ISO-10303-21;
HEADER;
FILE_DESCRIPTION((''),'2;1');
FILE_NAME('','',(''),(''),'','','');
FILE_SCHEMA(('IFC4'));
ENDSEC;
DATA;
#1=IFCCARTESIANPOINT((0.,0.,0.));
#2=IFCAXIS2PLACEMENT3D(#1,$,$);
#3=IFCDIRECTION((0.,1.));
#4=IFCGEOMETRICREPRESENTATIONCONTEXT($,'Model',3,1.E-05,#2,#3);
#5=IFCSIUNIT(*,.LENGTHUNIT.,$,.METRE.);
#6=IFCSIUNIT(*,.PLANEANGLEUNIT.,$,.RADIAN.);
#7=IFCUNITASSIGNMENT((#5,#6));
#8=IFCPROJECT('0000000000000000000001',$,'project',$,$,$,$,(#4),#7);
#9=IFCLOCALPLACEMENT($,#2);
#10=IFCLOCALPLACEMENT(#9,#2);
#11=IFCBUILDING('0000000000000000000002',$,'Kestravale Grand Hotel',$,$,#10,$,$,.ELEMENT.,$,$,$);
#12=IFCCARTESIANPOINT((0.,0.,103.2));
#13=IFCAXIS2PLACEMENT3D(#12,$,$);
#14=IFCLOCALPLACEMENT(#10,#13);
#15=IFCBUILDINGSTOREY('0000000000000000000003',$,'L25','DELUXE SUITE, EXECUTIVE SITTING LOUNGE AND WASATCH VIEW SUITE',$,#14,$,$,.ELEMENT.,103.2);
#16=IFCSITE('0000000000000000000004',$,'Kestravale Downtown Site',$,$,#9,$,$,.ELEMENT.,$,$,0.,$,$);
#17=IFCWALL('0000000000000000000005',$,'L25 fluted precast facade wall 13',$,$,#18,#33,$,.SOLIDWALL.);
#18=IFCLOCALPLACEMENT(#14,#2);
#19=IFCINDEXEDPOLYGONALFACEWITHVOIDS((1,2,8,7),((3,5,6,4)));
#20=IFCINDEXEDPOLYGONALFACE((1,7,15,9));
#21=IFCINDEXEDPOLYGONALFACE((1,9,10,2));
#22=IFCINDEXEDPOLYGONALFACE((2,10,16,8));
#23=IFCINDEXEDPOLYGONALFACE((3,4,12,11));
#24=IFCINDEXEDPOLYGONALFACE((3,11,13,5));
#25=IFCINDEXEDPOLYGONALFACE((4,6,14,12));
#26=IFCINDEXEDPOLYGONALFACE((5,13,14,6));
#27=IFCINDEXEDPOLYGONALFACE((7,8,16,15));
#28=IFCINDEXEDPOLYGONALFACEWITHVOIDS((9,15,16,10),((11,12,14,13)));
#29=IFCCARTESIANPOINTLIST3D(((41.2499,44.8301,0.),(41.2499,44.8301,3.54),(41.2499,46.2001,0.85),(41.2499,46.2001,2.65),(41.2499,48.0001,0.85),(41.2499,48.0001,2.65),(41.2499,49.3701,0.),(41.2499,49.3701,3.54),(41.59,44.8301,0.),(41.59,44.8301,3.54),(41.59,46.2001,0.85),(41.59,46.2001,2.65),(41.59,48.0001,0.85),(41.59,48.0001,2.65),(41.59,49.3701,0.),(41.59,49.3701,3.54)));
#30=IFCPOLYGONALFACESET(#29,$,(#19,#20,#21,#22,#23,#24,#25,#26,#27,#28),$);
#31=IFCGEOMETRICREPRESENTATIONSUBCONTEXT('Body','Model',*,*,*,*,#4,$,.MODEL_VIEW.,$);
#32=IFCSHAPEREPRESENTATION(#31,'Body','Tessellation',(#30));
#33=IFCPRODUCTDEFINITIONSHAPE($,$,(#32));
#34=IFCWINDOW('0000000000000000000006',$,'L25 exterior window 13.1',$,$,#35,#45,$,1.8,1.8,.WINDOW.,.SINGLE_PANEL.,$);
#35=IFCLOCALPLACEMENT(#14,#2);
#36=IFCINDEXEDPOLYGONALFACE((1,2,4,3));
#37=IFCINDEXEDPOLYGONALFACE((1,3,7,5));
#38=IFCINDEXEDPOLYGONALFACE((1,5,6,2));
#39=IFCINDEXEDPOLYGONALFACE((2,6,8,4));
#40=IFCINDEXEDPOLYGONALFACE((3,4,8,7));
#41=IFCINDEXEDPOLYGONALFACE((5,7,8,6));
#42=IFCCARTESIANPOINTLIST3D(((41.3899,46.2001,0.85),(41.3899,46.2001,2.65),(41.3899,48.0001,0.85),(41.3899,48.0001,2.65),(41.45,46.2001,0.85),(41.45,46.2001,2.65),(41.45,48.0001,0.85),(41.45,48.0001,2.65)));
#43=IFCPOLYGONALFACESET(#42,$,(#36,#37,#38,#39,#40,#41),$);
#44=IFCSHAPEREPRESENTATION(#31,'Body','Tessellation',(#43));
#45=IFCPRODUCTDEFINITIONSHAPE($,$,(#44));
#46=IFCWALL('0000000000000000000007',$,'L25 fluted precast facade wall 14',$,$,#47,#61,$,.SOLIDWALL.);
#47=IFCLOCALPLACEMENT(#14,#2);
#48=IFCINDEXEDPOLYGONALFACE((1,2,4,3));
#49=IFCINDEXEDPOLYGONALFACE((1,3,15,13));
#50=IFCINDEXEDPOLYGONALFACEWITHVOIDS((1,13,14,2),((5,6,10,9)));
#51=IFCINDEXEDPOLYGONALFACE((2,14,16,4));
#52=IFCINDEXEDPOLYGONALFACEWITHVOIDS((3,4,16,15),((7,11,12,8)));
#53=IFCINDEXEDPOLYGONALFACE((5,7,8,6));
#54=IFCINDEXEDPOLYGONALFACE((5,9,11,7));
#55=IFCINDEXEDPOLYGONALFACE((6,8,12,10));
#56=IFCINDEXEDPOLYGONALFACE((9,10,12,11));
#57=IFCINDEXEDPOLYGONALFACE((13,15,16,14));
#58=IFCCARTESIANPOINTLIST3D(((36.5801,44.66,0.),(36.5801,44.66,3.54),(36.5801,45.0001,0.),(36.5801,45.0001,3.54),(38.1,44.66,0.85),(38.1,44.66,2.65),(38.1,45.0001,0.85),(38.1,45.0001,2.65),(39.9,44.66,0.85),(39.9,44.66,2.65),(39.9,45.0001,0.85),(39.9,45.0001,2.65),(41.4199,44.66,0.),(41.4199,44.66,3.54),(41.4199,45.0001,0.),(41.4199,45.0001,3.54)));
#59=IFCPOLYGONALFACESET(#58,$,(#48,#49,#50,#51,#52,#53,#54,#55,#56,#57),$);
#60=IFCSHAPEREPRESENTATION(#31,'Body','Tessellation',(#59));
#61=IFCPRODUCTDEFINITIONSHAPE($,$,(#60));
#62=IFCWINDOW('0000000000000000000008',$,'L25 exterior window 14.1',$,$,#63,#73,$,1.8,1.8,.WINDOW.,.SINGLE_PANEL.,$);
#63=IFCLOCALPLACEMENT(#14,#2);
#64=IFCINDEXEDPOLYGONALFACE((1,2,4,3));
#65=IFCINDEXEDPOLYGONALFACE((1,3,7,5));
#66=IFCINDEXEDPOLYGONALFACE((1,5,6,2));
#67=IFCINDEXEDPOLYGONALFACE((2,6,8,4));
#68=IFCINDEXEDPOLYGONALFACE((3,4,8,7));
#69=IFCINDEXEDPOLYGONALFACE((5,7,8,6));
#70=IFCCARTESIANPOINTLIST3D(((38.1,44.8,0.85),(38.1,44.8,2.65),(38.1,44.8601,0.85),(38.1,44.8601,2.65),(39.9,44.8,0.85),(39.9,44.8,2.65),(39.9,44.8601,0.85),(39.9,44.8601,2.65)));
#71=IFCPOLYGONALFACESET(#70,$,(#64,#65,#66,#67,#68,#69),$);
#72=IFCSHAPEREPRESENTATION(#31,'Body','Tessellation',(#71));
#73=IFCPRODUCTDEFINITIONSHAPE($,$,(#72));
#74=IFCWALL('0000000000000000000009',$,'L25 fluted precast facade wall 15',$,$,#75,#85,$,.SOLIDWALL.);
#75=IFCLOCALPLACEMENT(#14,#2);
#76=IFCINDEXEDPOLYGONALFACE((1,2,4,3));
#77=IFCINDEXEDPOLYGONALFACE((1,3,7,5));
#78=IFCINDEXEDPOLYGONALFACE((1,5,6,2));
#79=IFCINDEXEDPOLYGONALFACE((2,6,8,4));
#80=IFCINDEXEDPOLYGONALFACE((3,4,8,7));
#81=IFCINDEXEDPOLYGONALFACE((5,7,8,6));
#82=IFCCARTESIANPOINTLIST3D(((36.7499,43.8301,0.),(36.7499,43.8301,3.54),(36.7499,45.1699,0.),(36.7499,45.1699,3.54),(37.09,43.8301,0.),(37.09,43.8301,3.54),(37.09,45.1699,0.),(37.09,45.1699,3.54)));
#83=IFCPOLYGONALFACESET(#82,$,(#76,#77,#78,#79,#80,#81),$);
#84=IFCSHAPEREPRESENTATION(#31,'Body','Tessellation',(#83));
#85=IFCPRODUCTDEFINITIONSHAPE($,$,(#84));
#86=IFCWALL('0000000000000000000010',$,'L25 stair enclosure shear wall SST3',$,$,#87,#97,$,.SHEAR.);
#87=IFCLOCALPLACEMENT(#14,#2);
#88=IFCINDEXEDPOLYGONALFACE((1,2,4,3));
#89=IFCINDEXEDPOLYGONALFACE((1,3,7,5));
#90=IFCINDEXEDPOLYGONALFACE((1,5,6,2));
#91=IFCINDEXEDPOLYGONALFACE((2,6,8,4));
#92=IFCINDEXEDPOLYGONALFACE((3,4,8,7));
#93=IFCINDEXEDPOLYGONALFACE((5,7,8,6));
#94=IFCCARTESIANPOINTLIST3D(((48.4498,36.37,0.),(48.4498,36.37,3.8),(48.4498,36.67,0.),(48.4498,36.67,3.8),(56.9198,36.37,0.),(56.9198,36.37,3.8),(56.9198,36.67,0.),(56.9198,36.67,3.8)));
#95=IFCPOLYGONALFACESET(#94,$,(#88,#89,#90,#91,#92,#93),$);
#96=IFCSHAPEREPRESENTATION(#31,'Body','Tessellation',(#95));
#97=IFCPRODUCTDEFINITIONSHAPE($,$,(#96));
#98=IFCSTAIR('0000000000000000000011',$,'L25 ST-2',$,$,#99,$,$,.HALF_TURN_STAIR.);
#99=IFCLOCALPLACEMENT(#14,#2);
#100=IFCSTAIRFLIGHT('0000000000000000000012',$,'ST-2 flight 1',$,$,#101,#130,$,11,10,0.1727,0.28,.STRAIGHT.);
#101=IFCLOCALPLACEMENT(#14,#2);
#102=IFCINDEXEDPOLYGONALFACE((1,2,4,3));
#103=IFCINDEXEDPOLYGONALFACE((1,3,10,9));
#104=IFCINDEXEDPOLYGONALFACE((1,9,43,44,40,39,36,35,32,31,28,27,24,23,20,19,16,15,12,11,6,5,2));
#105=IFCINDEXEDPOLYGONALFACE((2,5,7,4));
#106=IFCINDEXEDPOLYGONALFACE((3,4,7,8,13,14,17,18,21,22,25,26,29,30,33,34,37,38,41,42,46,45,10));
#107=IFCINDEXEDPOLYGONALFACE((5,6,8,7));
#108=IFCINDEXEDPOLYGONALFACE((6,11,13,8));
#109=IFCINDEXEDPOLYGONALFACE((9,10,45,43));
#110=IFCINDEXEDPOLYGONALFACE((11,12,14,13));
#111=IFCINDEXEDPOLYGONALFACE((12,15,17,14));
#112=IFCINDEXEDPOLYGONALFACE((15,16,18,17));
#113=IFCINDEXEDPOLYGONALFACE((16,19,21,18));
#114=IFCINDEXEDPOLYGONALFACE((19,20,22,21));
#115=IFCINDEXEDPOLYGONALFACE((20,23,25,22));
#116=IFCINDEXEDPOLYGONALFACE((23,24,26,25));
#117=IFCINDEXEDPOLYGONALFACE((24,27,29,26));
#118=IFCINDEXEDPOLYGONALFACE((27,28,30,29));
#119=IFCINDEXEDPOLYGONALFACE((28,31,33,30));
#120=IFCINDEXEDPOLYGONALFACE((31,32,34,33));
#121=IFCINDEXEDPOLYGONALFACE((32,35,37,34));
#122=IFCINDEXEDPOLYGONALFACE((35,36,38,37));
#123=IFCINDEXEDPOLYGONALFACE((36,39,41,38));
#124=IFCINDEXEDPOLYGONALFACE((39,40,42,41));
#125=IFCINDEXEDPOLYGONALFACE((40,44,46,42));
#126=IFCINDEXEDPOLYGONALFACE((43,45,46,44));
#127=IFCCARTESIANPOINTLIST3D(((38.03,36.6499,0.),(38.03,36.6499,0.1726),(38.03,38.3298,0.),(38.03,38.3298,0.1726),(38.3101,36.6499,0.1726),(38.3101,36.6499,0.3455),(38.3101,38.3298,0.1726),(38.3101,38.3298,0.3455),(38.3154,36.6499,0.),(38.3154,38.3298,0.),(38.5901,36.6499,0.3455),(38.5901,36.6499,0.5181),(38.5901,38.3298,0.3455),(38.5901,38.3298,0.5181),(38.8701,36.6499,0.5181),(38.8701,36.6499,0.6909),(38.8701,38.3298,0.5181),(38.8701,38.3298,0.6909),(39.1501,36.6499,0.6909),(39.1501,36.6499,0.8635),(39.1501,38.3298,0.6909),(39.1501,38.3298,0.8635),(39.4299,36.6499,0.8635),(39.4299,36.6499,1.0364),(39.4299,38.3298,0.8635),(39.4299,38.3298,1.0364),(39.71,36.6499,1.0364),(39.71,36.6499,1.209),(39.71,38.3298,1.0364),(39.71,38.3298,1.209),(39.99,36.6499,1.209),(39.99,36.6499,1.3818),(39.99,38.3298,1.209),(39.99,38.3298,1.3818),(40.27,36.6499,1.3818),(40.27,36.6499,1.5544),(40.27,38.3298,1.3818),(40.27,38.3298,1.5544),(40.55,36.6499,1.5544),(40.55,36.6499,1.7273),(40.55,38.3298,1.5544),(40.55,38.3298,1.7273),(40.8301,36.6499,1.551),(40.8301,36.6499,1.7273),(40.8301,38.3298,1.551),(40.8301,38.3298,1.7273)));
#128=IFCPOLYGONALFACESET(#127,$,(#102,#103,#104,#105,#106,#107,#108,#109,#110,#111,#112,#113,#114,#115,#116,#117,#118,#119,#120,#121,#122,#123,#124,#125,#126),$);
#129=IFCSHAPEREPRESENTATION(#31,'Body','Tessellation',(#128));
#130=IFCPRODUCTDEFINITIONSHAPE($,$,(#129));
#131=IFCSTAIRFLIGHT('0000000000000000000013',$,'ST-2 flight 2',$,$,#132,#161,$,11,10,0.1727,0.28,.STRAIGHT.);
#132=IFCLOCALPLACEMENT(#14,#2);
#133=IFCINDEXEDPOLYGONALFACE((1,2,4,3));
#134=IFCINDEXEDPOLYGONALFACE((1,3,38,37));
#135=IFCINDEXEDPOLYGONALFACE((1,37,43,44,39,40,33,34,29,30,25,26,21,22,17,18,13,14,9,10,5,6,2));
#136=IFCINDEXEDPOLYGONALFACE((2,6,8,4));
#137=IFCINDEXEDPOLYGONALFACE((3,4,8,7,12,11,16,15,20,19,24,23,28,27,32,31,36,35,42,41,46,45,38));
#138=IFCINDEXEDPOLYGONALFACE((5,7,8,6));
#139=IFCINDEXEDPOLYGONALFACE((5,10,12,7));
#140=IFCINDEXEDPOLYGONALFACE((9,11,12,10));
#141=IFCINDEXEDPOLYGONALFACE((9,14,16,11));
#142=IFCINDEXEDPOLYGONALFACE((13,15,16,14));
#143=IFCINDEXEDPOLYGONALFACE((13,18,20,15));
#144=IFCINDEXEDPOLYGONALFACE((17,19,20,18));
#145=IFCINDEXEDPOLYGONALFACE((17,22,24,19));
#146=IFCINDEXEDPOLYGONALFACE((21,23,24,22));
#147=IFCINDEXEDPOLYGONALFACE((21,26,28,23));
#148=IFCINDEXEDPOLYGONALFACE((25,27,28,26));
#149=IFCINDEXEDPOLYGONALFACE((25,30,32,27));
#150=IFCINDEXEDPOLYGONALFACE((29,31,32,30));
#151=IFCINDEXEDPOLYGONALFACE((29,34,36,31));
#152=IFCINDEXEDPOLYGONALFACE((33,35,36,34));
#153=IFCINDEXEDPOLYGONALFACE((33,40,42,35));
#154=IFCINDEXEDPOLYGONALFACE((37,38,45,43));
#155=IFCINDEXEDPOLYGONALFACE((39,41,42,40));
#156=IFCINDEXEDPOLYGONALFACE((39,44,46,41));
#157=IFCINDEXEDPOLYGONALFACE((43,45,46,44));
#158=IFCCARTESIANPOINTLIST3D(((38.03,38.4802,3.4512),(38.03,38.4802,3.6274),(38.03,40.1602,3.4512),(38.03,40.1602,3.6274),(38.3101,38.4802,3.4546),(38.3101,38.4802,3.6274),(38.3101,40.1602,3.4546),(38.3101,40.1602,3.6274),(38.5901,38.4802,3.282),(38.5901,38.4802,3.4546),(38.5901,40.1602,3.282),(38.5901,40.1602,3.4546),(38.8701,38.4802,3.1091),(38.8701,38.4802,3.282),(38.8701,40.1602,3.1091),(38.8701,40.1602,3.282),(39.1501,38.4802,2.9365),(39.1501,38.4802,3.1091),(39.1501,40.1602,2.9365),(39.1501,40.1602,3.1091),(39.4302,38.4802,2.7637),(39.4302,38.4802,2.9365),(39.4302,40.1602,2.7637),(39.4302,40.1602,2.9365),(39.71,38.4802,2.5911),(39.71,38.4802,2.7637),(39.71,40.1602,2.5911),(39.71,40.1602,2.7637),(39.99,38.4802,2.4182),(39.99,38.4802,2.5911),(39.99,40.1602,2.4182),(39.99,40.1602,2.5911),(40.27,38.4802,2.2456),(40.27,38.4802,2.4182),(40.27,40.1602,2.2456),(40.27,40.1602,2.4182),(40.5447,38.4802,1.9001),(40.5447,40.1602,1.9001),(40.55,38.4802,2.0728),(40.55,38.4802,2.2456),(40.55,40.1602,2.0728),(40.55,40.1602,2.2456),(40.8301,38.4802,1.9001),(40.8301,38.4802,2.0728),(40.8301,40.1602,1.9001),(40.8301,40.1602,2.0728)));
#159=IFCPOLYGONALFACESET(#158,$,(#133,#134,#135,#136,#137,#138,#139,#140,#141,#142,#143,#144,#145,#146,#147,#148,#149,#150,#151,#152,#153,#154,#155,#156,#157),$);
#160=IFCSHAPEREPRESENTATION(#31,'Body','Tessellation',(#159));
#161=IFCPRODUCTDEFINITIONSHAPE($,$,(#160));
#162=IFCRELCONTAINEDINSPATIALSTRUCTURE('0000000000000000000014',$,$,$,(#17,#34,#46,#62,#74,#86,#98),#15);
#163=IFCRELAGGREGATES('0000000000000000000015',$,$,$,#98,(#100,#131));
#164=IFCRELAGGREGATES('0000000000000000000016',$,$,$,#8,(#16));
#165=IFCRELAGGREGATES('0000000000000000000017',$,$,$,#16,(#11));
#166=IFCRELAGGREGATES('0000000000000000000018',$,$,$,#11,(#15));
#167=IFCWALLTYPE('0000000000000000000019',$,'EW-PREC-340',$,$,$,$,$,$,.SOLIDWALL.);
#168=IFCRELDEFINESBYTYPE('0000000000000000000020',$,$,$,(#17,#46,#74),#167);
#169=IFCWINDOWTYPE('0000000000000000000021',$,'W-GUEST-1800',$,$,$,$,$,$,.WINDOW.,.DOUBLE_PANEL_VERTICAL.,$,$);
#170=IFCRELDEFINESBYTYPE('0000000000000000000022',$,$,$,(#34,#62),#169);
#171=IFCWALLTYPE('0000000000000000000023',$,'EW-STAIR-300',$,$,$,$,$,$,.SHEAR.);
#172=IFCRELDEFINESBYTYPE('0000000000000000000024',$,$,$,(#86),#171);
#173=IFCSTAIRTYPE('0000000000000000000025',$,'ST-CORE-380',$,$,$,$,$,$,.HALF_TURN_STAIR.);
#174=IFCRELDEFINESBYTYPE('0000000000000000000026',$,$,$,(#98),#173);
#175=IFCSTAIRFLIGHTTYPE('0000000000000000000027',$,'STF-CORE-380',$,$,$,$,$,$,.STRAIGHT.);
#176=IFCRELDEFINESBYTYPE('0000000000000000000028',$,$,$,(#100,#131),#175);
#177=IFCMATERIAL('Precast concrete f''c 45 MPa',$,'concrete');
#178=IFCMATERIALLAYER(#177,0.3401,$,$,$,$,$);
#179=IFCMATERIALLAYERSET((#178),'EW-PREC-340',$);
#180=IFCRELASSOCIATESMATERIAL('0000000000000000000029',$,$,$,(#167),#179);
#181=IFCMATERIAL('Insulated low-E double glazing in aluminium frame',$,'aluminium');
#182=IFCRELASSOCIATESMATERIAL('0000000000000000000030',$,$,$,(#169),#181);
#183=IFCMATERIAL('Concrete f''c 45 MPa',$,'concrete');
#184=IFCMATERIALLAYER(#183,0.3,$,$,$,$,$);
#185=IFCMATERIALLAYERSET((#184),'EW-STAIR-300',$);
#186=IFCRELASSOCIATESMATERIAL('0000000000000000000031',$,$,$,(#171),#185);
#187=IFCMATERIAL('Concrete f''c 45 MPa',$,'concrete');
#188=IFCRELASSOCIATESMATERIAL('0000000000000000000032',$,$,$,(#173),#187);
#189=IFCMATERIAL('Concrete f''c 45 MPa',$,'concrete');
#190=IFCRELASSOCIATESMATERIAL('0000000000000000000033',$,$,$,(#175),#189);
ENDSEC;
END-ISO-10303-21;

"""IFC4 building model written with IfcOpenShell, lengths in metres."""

from ifc_helpers import new_model, si_unit, direction, frame, frame_2d, origin, place, context, subcontext, project, spatial, polyline, rectangle, outline, extrude, material, layer, layer_set, type_object, element, fill, aggregate, save


model = new_model("IFC4")

# Units and contexts
model_context = context("Model", 3, precision=1e-05, world=origin(), true_north=direction((0.0, 1.0)))
body_context = subcontext(model_context, "Body", "Model", "MODEL_VIEW")
ifc_project = project(units=[si_unit("LENGTHUNIT", "METRE"), si_unit("PLANEANGLEUNIT", "RADIAN")], contexts=[model_context])

# Site, building, storey
site_placement = place(None, origin())
site = spatial("IfcSite", under=ifc_project, at=site_placement, Name="Kestravale Downtown Site", CompositionType="ELEMENT", RefElevation=0.0)
building_placement = place(site_placement, origin())
building = spatial("IfcBuilding", under=site, at=building_placement, Name="Kestravale Grand Hotel", CompositionType="ELEMENT")
storey_placement = place(building_placement, frame((0.0, 0.0, 103.2)))
storey = spatial("IfcBuildingStorey", under=building, at=storey_placement, Name="L25", Description="DELUXE SUITE, EXECUTIVE SITTING LOUNGE AND WASATCH VIEW SUITE", CompositionType="ELEMENT", Elevation=103.2)

# Shared definitions
ifc_material_1 = material(Name="Precast concrete f'c 45 MPa", Category="concrete")
ifc_layer_1 = layer(ifc_material_1, 0.3401)
ifc_layer_set_1 = layer_set([ifc_layer_1], Name="EW-PREC-340")
wall_type_1 = type_object("IfcWallType", Name="EW-PREC-340", PredefinedType="SOLIDWALL", material=ifc_layer_set_1)

# Walls, openings, windows
wall_1_placement = place(storey_placement, frame((41.4199, 49.3701, 0.0), z_axis=(0.0, 0.0, 1.0), x_axis=(0.0, -1.0, 0.0)))
wall_1 = element("IfcWall", 1, at=wall_1_placement, inside=storey, type_object=wall_type_1, Name="L25 fluted precast facade wall 13", PredefinedType="SOLIDWALL", context=body_context, shape_type="SweptSolid", body=[
    extrude(rectangle(XDim=4.54, YDim=0.3401, at=frame_2d((2.27, 0.0))), origin(), (0.0, 0.0, 1.0), 3.54),
])
opening_1_placement = place(wall_1_placement, frame((1.3701, 0.0, 0.8501)))
opening_1 = element("IfcOpeningElement", 2, at=opening_1_placement, cuts=wall_1, PredefinedType="OPENING", context=body_context, shape_type="SweptSolid", body=[
    extrude(rectangle(XDim=1.8, YDim=1.8, at=frame_2d((0.8999, 0.8999))), frame((0.0, 0.1799, 0.0), z_axis=(0.0, -1.0, 0.0), x_axis=(1.0, 0.0, 0.0)), (0.0, 0.0, 1.0), 0.3601),
])
ifc_material_2 = material(Name="Insulated low-E double glazing in aluminium frame", Category="aluminium")
window_type = type_object("IfcWindowType", Name="W-GUEST-1800", PartitioningType="DOUBLE_PANEL_VERTICAL", PredefinedType="WINDOW", material=ifc_material_2)
window_1_placement = place(opening_1_placement, origin())
window_1 = element("IfcWindow", 3, at=window_1_placement, inside=storey, type_object=window_type, Name="L25 exterior window 13.1", OverallHeight=1.8, OverallWidth=1.8, PartitioningType="SINGLE_PANEL", PredefinedType="WINDOW", context=body_context, shape_type="SweptSolid", body=[
    extrude(rectangle(XDim=1.8, YDim=1.8, at=frame_2d((0.8999, 0.8999))), frame((0.0, 0.03, 0.0), z_axis=(0.0, -1.0, 0.0), x_axis=(1.0, 0.0, 0.0)), (0.0, 0.0, 1.0), 0.0601),
])
fill(opening_1, window_1)
wall_2_placement = place(storey_placement, frame((41.4199, 44.8301, 0.0), z_axis=(0.0, 0.0, 1.0), x_axis=(-1.0, 0.0, 0.0)))
wall_2 = element("IfcWall", 4, at=wall_2_placement, inside=storey, type_object=wall_type_1, Name="L25 fluted precast facade wall 14", PredefinedType="SOLIDWALL", context=body_context, shape_type="SweptSolid", body=[
    extrude(rectangle(XDim=4.8398, YDim=0.3401, at=frame_2d((2.4199, 0.0))), origin(), (0.0, 0.0, 1.0), 3.54),
])
opening_2_placement = place(wall_2_placement, frame((1.52, 0.0, 0.8501)))
opening_2 = element("IfcOpeningElement", 5, at=opening_2_placement, cuts=wall_2, PredefinedType="OPENING", context=body_context, shape_type="SweptSolid", body=[
    extrude(rectangle(XDim=1.8, YDim=1.8, at=frame_2d((0.8999, 0.8999))), frame((0.0, 0.1799, 0.0), z_axis=(0.0, -1.0, 0.0), x_axis=(1.0, 0.0, 0.0)), (0.0, 0.0, 1.0), 0.3601),
])
window_2_placement = place(opening_2_placement, origin())
window_2 = element("IfcWindow", 6, at=window_2_placement, inside=storey, type_object=window_type, Name="L25 exterior window 14.1", OverallHeight=1.8, OverallWidth=1.8, PartitioningType="SINGLE_PANEL", PredefinedType="WINDOW", context=body_context, shape_type="SweptSolid", body=[
    extrude(rectangle(XDim=1.8, YDim=1.8, at=frame_2d((0.8999, 0.8999))), frame((0.0, 0.03, 0.0), z_axis=(0.0, -1.0, 0.0), x_axis=(1.0, 0.0, 0.0)), (0.0, 0.0, 1.0), 0.0601),
])
fill(opening_2, window_2)

# Walls
wall_3_placement = place(storey_placement, frame((36.9199, 45.1699, 0.0), z_axis=(0.0, 0.0, 1.0), x_axis=(0.0, -1.0, 0.0)))
element("IfcWall", 7, at=wall_3_placement, inside=storey, type_object=wall_type_1, Name="L25 fluted precast facade wall 15", PredefinedType="SOLIDWALL", context=body_context, shape_type="SweptSolid", body=[
    extrude(rectangle(XDim=1.3398, YDim=0.3401, at=frame_2d((0.6699, 0.0))), origin(), (0.0, 0.0, 1.0), 3.54),
])
ifc_material_3 = material(Name="Concrete f'c 45 MPa", Category="concrete")
ifc_layer_2 = layer(ifc_material_3, 0.3)
ifc_layer_set_2 = layer_set([ifc_layer_2], Name="EW-STAIR-300")
wall_type_2 = type_object("IfcWallType", Name="EW-STAIR-300", PredefinedType="SHEAR", material=ifc_layer_set_2)
wall_4_placement = place(storey_placement, frame((48.45, 36.52, 0.0), z_axis=(0.0, 0.0, 1.0), x_axis=(1.0, 0.0, 0.0)))
element("IfcWall", 8, at=wall_4_placement, inside=storey, type_object=wall_type_2, Name="L25 stair enclosure shear wall SST3", PredefinedType="SHEAR", context=body_context, shape_type="SweptSolid", body=[
    extrude(rectangle(XDim=8.47, YDim=0.3, at=frame_2d((4.2349, 0.0))), origin(), (0.0, 0.0, 1.0), 3.8),
])

# Stair, stair flights
ifc_material_4 = material(Name="Concrete f'c 45 MPa", Category="concrete")
stair_type = type_object("IfcStairType", Name="ST-CORE-380", PredefinedType="HALF_TURN_STAIR", material=ifc_material_4)
stair_placement = place(storey_placement, origin())
stair = element("IfcStair", 9, at=stair_placement, inside=storey, type_object=stair_type, Name="L25 ST-2", PredefinedType="HALF_TURN_STAIR")
ifc_material_5 = material(Name="Concrete f'c 45 MPa", Category="concrete")
stair_flight_type = type_object("IfcStairFlightType", Name="STF-CORE-380", PredefinedType="STRAIGHT", material=ifc_material_5)
stair_flight_1_placement = place(storey_placement, frame((38.03, 37.49, 0.0), z_axis=(0.0, 0.0, 1.0), x_axis=(1.0, 0.0, 0.0)))
stair_flight_1 = element("IfcStairFlight", 10, at=stair_flight_1_placement, type_object=stair_flight_type, Name="ST-2 flight 1", NumberOfRisers=11, NumberOfTreads=10, PredefinedType="STRAIGHT", RiserHeight=0.1727, TreadLength=0.28, context=body_context, shape_type="SweptSolid", body=[
    extrude(outline(polyline([(0.0, 0.0), (0.0, 0.1726), (0.28, 0.1726), (0.28, 0.3455), (0.5601, 0.3455), (0.5601, 0.5181), (0.8401, 0.5181), (0.8401, 0.6909), (1.1201, 0.6909), (1.1201, 0.8635), (1.3999, 0.8635), (1.3999, 1.0364), (1.6799, 1.0364), (1.6799, 1.209), (1.96, 1.209), (1.96, 1.3818), (2.24, 1.3818), (2.24, 1.5544), (2.52, 1.5544), (2.52, 1.7273), (2.8, 1.7273), (2.8, 1.8999), (2.8, 1.551), (0.2854, 0.0), (0.0, 0.0)])), frame((0.0, 0.8398, 0.0), z_axis=(0.0, -1.0, 0.0), x_axis=(1.0, 0.0, 0.0)), (0.0, 0.0, 1.0), 1.6799),
])
stair_flight_2_placement = place(storey_placement, frame((40.8301, 39.3201, 1.9001), z_axis=(0.0, 0.0, 1.0), x_axis=(-1.0, 0.0, 0.0)))
stair_flight_2 = element("IfcStairFlight", 11, at=stair_flight_2_placement, type_object=stair_flight_type, Name="ST-2 flight 2", NumberOfRisers=11, NumberOfTreads=10, PredefinedType="STRAIGHT", RiserHeight=0.1727, TreadLength=0.28, context=body_context, shape_type="SweptSolid", body=[
    extrude(outline(polyline([(0.0, 0.0), (0.0, 0.1726), (0.28, 0.1726), (0.28, 0.3455), (0.5601, 0.3455), (0.5601, 0.5181), (0.8401, 0.5181), (0.8401, 0.6909), (1.1201, 0.6909), (1.1201, 0.8635), (1.3999, 0.8635), (1.3999, 1.0364), (1.6799, 1.0364), (1.6799, 1.209), (1.96, 1.209), (1.96, 1.3818), (2.24, 1.3818), (2.24, 1.5544), (2.52, 1.5544), (2.52, 1.7273), (2.8, 1.7273), (2.8, 1.8999), (2.8, 1.551), (0.2854, 0.0), (0.0, 0.0)])), frame((0.0, 0.8398, 0.0), z_axis=(0.0, -1.0, 0.0), x_axis=(1.0, 0.0, 0.0)), (0.0, 0.0, 1.0), 1.6799),
])
aggregate(stair, [stair_flight_1, stair_flight_2])

save(model, "model.ifc")
